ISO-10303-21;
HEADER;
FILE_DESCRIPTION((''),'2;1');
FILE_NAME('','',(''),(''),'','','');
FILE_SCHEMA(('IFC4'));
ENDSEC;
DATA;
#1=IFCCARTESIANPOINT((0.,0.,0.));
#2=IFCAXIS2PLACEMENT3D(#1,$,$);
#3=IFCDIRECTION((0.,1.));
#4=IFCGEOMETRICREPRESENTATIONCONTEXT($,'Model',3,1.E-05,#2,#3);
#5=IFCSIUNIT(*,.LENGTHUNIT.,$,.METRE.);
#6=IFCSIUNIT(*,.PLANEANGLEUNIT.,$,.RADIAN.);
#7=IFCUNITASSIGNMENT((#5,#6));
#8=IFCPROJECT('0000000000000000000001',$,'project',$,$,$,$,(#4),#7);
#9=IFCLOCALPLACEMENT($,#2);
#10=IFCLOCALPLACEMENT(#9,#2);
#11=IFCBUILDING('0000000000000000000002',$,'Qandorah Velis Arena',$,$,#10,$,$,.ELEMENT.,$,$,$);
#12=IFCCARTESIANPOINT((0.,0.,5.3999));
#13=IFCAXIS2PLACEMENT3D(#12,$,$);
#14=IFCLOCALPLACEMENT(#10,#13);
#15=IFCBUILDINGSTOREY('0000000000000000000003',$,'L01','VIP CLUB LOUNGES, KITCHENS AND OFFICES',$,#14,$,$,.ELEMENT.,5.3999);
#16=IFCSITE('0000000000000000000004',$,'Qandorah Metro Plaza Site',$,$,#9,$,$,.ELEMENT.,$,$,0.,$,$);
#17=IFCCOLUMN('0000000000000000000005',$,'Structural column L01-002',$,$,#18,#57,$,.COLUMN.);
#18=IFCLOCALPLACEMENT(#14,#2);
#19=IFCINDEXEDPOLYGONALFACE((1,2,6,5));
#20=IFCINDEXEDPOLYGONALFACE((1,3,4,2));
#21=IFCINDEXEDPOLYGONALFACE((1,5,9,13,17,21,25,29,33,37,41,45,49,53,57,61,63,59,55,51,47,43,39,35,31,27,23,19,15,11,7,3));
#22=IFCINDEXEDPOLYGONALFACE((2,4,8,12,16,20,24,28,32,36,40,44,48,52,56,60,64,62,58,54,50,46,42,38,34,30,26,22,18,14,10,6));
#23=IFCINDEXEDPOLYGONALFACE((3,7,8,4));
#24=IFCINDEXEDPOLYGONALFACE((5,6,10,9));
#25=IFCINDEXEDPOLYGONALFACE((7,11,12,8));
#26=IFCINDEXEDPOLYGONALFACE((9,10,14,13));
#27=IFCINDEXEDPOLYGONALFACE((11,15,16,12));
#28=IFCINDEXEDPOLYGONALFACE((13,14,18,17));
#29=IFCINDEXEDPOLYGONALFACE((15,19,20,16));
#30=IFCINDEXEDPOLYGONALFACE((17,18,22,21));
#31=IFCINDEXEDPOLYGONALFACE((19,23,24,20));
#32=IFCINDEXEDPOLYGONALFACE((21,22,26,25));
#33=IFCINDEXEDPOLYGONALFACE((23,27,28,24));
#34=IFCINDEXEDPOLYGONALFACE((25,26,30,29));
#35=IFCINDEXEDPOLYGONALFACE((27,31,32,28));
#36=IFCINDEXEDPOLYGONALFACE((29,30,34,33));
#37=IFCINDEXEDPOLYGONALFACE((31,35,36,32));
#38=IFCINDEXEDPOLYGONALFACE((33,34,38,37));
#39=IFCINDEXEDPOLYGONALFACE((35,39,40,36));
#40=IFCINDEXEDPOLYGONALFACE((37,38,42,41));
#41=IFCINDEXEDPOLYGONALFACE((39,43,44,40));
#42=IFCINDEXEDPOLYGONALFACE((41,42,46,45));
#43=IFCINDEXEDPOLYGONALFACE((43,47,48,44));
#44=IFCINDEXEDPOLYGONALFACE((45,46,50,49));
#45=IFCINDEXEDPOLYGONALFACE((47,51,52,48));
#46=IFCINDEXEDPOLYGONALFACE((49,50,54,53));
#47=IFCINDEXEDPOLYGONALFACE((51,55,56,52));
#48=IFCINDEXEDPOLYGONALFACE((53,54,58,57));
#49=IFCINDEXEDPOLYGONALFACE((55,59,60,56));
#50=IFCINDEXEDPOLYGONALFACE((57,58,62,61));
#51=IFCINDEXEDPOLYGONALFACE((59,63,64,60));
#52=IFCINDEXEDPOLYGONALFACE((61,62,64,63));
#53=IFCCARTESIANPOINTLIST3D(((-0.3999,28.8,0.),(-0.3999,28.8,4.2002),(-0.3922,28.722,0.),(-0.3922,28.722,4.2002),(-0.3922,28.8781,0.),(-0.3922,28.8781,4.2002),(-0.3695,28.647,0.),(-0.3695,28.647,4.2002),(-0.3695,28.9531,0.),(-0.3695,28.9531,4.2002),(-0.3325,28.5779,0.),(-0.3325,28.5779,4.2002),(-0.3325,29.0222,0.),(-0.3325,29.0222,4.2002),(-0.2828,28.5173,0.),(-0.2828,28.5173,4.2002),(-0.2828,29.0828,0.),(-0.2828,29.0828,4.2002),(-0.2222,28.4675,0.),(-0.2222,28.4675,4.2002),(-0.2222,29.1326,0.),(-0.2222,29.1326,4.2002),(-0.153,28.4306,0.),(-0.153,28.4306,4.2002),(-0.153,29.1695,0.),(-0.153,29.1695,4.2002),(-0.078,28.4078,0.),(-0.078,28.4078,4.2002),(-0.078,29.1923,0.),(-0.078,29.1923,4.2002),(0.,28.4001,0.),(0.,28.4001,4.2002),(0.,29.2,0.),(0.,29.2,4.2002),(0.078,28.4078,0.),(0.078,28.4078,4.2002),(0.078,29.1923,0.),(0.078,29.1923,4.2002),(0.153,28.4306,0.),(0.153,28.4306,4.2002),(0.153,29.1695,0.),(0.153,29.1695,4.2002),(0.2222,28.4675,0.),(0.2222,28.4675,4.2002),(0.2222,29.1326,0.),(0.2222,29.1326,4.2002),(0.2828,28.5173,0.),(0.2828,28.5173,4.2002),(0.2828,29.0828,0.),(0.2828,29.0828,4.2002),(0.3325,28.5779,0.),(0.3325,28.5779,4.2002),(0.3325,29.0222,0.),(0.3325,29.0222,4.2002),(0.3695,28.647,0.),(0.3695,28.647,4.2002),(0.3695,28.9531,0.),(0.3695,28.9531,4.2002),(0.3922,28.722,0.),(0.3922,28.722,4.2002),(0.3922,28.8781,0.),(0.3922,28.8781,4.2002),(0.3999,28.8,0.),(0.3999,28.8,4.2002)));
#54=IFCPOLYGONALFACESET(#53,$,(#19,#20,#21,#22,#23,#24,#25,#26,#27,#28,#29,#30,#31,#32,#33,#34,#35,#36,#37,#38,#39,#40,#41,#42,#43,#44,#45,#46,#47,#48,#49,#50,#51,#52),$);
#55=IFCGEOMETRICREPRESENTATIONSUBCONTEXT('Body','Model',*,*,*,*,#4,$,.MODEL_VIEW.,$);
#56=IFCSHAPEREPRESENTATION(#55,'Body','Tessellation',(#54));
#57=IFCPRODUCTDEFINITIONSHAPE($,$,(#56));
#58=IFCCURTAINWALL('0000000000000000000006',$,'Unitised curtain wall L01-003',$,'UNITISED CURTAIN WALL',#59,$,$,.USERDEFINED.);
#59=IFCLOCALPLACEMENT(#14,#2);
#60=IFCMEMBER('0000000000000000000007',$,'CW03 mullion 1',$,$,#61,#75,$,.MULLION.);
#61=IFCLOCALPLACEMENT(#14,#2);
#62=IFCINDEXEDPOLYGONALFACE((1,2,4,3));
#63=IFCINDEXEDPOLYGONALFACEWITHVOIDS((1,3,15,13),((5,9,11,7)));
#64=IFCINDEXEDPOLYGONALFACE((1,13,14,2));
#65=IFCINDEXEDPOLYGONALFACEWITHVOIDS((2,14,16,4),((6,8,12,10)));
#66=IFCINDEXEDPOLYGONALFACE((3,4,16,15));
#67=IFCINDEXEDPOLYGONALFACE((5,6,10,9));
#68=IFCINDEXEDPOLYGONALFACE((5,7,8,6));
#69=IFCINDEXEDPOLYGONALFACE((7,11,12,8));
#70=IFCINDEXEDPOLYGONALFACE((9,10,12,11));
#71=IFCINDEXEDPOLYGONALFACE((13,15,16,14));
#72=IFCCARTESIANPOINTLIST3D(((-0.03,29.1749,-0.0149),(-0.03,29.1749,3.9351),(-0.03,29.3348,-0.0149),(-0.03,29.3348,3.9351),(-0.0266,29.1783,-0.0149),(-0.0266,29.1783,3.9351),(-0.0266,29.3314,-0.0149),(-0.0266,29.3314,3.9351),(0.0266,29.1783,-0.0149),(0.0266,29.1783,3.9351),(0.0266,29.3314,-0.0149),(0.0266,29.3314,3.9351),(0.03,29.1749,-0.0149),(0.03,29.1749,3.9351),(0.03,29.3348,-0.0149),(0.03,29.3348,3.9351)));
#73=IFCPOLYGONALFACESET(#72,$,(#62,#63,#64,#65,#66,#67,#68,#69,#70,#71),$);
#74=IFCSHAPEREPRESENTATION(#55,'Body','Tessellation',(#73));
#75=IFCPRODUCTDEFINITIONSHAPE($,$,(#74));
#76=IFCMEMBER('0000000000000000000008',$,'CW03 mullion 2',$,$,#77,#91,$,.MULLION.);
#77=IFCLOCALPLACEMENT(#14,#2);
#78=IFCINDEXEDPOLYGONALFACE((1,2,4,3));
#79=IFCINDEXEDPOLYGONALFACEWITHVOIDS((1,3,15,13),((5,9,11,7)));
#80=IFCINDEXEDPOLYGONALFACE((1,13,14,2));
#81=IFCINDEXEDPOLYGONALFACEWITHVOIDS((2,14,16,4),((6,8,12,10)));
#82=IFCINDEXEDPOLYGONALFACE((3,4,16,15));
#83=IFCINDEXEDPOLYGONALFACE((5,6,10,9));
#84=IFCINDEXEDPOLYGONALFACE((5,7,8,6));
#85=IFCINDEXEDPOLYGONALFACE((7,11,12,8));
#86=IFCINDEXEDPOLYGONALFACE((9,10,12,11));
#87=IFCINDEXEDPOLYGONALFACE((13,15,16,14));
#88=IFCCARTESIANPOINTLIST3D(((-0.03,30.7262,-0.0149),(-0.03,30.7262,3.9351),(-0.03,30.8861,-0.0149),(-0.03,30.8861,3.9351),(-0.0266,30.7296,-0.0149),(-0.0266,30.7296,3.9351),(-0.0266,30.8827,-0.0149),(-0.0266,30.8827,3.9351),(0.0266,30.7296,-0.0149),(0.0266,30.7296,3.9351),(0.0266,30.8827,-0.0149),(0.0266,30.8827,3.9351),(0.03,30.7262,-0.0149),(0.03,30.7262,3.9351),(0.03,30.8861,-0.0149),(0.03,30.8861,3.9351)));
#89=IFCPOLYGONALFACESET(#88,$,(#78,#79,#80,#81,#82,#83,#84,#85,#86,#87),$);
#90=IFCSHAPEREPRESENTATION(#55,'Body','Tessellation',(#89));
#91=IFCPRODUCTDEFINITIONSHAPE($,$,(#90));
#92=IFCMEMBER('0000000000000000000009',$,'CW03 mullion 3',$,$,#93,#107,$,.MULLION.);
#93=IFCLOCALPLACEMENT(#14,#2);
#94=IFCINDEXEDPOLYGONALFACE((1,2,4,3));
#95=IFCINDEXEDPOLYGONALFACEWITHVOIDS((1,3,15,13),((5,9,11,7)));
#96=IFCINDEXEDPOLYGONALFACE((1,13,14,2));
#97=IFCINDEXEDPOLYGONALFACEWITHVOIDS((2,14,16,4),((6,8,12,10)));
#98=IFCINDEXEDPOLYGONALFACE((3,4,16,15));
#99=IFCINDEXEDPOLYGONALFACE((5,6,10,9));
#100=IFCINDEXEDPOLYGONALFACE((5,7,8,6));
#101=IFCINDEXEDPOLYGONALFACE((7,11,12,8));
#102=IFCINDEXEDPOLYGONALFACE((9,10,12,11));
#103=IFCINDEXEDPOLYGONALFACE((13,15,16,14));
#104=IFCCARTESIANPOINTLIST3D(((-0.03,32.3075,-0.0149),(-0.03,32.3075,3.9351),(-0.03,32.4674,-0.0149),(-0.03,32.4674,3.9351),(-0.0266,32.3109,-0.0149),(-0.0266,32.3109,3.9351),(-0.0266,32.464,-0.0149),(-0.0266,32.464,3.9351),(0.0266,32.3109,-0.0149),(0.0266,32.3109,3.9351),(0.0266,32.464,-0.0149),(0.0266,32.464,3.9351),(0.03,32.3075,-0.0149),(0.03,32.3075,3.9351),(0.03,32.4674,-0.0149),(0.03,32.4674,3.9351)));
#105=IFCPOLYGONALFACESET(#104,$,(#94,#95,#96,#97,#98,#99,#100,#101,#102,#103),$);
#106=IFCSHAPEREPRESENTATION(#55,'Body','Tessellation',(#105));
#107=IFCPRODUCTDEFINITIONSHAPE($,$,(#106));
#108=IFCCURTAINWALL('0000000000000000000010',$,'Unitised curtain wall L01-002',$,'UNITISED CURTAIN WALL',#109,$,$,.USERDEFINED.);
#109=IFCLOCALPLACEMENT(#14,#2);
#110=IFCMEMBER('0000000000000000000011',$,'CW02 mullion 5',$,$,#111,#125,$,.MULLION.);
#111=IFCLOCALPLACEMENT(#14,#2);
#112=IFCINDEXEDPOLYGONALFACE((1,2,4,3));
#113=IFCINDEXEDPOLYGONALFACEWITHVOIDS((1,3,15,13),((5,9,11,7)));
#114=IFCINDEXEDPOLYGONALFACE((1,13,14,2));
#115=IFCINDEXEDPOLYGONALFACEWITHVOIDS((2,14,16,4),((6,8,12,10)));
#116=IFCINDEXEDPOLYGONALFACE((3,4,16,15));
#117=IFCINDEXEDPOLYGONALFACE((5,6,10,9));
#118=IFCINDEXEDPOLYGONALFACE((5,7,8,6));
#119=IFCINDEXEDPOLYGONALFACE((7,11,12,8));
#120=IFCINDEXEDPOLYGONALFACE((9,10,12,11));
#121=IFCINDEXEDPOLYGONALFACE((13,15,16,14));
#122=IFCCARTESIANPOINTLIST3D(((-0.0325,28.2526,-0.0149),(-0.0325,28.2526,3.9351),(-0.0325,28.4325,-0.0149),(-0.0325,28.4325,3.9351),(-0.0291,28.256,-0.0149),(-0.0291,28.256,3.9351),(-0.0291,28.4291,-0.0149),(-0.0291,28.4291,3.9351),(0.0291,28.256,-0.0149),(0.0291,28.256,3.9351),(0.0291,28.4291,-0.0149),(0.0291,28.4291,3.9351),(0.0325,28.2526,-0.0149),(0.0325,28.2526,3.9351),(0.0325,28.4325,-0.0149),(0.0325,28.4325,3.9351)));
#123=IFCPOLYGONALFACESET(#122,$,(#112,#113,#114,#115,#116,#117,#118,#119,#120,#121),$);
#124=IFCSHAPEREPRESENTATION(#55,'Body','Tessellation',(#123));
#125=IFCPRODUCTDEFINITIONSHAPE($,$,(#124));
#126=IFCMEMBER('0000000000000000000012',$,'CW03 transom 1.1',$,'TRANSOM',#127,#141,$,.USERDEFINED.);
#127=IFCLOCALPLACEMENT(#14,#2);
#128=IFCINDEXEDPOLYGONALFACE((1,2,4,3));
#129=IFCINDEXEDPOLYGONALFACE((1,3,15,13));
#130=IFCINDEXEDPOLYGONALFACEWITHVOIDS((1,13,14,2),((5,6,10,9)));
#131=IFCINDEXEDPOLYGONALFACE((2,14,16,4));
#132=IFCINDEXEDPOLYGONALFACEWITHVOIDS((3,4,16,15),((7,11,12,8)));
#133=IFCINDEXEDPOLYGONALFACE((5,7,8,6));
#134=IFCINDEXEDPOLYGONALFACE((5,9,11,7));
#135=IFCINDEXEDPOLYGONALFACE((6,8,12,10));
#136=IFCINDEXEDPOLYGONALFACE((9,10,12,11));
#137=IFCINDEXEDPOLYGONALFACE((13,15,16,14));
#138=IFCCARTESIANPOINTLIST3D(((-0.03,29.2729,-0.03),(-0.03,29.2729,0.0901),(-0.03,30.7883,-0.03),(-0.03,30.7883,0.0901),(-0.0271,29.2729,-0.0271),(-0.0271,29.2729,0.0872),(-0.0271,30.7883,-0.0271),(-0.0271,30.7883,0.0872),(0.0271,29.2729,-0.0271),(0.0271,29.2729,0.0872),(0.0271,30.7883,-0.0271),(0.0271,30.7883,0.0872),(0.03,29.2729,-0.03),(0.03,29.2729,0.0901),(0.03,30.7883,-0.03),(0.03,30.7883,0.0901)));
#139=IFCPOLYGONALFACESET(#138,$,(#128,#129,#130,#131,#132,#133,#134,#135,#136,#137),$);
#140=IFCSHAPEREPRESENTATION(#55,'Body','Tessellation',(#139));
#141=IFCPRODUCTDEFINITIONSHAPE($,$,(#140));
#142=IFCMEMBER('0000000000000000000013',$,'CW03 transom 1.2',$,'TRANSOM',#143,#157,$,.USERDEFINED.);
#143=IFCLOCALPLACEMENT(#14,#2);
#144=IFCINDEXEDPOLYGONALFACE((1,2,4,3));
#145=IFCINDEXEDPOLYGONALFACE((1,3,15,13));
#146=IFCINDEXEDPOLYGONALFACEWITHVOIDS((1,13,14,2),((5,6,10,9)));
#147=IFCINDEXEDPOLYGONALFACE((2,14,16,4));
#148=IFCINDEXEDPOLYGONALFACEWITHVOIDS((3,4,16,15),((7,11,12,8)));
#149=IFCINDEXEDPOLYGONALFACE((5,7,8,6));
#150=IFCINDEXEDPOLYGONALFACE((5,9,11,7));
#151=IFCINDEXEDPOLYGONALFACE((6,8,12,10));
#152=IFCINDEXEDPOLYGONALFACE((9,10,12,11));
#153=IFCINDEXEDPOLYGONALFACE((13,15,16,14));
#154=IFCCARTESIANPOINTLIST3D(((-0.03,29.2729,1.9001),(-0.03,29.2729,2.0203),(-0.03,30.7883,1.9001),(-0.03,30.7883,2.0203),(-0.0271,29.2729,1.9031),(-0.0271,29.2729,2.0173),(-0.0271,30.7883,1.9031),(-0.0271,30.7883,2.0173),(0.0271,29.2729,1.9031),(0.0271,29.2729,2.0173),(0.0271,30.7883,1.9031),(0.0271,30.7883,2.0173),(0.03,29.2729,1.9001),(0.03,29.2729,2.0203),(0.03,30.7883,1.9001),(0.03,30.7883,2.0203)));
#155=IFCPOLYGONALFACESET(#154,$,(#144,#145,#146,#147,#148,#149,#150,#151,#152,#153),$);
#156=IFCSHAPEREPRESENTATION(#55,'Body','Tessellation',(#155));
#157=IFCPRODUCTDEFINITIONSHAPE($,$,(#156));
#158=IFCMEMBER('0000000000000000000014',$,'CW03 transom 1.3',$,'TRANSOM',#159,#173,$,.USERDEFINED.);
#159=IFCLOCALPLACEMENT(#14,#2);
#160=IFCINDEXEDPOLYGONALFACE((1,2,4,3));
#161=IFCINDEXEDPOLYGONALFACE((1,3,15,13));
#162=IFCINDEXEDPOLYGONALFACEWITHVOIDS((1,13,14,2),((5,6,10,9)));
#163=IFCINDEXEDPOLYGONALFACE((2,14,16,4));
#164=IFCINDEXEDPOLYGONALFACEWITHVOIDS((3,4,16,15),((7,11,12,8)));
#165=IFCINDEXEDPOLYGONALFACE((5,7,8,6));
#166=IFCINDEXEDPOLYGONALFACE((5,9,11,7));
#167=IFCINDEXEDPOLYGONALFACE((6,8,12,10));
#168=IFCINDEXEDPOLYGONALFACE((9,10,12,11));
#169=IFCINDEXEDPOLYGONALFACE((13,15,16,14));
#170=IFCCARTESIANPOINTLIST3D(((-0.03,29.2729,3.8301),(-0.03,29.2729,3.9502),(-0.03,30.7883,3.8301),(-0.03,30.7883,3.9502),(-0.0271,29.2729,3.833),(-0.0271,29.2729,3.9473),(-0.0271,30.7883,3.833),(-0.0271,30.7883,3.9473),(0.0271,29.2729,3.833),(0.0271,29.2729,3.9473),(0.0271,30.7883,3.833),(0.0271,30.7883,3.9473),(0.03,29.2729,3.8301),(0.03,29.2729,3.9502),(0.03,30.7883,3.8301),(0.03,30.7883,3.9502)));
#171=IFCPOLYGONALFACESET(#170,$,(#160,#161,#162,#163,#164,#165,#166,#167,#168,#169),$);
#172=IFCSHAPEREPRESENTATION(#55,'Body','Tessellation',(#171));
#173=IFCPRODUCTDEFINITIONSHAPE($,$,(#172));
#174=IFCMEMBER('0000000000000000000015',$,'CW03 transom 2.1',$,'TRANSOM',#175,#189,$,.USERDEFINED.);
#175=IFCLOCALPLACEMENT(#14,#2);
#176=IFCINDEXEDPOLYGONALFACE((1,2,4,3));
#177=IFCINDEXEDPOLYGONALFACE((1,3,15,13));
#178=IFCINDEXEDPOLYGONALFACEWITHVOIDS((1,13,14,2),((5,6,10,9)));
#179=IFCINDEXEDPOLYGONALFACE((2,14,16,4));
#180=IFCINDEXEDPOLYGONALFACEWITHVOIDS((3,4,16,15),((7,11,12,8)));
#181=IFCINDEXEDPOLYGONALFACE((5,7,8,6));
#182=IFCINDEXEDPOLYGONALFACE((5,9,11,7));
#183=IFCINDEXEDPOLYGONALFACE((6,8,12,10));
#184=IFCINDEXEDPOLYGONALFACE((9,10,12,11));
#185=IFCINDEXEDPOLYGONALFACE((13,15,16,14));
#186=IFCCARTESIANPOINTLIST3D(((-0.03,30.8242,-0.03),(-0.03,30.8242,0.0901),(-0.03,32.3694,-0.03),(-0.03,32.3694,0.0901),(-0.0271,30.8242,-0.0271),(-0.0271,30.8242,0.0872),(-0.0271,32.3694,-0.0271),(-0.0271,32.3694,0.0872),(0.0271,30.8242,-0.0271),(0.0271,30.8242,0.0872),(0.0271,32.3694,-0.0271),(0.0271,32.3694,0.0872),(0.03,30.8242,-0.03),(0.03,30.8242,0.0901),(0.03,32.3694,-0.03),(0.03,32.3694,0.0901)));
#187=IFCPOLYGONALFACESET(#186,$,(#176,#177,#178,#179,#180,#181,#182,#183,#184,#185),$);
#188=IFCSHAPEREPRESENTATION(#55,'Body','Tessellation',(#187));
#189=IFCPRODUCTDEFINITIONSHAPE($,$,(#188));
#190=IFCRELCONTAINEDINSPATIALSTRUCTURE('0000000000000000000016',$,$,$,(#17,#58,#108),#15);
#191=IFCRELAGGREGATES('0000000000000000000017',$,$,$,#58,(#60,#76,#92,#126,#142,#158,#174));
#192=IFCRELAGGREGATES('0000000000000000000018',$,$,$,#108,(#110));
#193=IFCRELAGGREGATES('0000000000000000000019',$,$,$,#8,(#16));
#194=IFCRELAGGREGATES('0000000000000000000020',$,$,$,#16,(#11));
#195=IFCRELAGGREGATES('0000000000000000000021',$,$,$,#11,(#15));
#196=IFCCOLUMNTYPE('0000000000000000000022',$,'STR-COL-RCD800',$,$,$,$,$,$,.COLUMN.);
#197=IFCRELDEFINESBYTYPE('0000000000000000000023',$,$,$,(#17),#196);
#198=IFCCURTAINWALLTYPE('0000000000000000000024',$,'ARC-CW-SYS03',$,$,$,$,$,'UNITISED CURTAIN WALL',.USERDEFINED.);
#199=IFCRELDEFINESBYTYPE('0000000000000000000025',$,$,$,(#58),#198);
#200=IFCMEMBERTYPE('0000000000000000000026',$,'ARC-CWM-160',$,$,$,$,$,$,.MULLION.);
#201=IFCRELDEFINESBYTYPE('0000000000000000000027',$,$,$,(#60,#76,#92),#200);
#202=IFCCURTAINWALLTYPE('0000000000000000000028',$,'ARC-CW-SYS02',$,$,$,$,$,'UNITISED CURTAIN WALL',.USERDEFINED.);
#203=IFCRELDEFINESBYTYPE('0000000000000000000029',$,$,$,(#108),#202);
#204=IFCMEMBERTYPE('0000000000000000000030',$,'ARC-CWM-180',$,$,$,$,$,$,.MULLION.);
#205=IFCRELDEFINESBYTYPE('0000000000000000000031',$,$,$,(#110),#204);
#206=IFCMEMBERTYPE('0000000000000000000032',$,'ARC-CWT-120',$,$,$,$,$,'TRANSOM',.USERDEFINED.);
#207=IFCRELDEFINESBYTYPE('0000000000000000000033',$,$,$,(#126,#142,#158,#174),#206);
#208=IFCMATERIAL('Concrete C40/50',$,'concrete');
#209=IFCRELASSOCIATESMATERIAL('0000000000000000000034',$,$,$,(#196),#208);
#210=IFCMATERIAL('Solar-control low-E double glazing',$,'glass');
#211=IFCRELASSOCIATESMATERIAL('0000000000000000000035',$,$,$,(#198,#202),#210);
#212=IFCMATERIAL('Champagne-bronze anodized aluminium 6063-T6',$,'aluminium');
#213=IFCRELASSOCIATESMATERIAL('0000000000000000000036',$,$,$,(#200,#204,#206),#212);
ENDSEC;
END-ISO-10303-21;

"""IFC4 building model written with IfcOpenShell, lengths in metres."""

from ifc_helpers import new_model, si_unit, direction, frame, origin, origin_2d, place, context, subcontext, project, spatial, hollow_rectangle, circle, extrude, material, material_profile, profile_set, type_object, element, aggregate, save


model = new_model("IFC4")

# Units and contexts
model_context = context("Model", 3, precision=1e-05, world=origin(), true_north=direction((0.0, 1.0)))
body_context = subcontext(model_context, "Body", "Model", "MODEL_VIEW")
ifc_project = project(units=[si_unit("LENGTHUNIT", "METRE"), si_unit("PLANEANGLEUNIT", "RADIAN")], contexts=[model_context])

# Site, building, storey
site_placement = place(None, origin())
site = spatial("IfcSite", under=ifc_project, at=site_placement, Name="Qandorah Metro Plaza Site", CompositionType="ELEMENT", RefElevation=0.0)
building_placement = place(site_placement, origin())
building = spatial("IfcBuilding", under=site, at=building_placement, Name="Qandorah Velis Arena", CompositionType="ELEMENT")
storey_placement = place(building_placement, frame((0.0, 0.0, 5.3999)))
storey = spatial("IfcBuildingStorey", under=building, at=storey_placement, Name="L01", Description="VIP CLUB LOUNGES, KITCHENS AND OFFICES", CompositionType="ELEMENT", Elevation=5.3999)

# Column
ifc_material_1 = material(Name="Concrete C40/50", Category="concrete")
ifc_material_profile_1 = material_profile(ifc_material_1, circle(Radius=0.3999, at=origin_2d()), Name="RC D800")
ifc_profile_set_1 = profile_set([ifc_material_profile_1], Name="Concrete C40/50")
column_type = type_object("IfcColumnType", Name="STR-COL-RCD800", PredefinedType="COLUMN", material=ifc_profile_set_1)
column_placement = place(storey_placement, frame((0.0, 28.8, 0.0), z_axis=(0.0, 0.0, 1.0), x_axis=(1.0, 0.0, 0.0)))
element("IfcColumn", 1, at=column_placement, inside=storey, type_object=column_type, Name="Structural column L01-002", PredefinedType="COLUMN", context=body_context, shape_type="SweptSolid", body=[
    extrude(circle(Radius=0.3999, at=origin_2d()), origin(), (0.0, 0.0, 1.0), 4.2002),
])

# Curtain wall, members
ifc_material_2 = material(Name="Solar-control low-E double glazing", Category="glass")
curtain_wall_type_1 = type_object("IfcCurtainWallType", Name="ARC-CW-SYS03", ElementType="UNITISED CURTAIN WALL", PredefinedType="USERDEFINED", material=ifc_material_2)
curtain_wall_1_placement = place(storey_placement, origin())
curtain_wall_1 = element("IfcCurtainWall", 2, at=curtain_wall_1_placement, inside=storey, type_object=curtain_wall_type_1, Name="Unitised curtain wall L01-003", ObjectType="UNITISED CURTAIN WALL", PredefinedType="USERDEFINED")
ifc_material_3 = material(Name="Champagne-bronze anodized aluminium 6063-T6", Category="aluminium")
ifc_material_profile_2 = material_profile(ifc_material_3, hollow_rectangle(XDim=0.0601, YDim=0.1599, WallThickness=0.0034, at=origin_2d()), Name="ALU MULLION 60x160")
ifc_profile_set_2 = profile_set([ifc_material_profile_2], Name="Champagne-bronze anodized aluminium 6063-T6")
member_type_1 = type_object("IfcMemberType", Name="ARC-CWM-160", PredefinedType="MULLION", material=ifc_profile_set_2)
member_1_placement = place(storey_placement, frame((0.0, 29.2549, -0.0149), z_axis=(0.0, 0.0, 1.0), x_axis=(-1.0, 0.0, 0.0)))
member_1 = element("IfcMember", 3, at=member_1_placement, type_object=member_type_1, Name="CW03 mullion 1", PredefinedType="MULLION", context=body_context, shape_type="SweptSolid", body=[
    extrude(hollow_rectangle(XDim=0.0601, YDim=0.1599, WallThickness=0.0034, at=origin_2d()), origin(), (0.0, 0.0, 1.0), 3.95),
])
member_2_placement = place(storey_placement, frame((0.0, 30.8062, -0.0149), z_axis=(0.0, 0.0, 1.0), x_axis=(-1.0, 0.0, 0.0)))
member_2 = element("IfcMember", 4, at=member_2_placement, type_object=member_type_1, Name="CW03 mullion 2", PredefinedType="MULLION", context=body_context, shape_type="SweptSolid", body=[
    extrude(hollow_rectangle(XDim=0.0601, YDim=0.1599, WallThickness=0.0034, at=origin_2d()), origin(), (0.0, 0.0, 1.0), 3.95),
])
member_3_placement = place(storey_placement, frame((0.0, 32.3875, -0.0149), z_axis=(0.0, 0.0, 1.0), x_axis=(-1.0, 0.0, 0.0)))
member_3 = element("IfcMember", 5, at=member_3_placement, type_object=member_type_1, Name="CW03 mullion 3", PredefinedType="MULLION", context=body_context, shape_type="SweptSolid", body=[
    extrude(hollow_rectangle(XDim=0.0601, YDim=0.1599, WallThickness=0.0034, at=origin_2d()), origin(), (0.0, 0.0, 1.0), 3.95),
])

# Curtain wall, member
curtain_wall_type_2 = type_object("IfcCurtainWallType", Name="ARC-CW-SYS02", ElementType="UNITISED CURTAIN WALL", PredefinedType="USERDEFINED", material=ifc_material_2)
curtain_wall_2_placement = place(storey_placement, origin())
curtain_wall_2 = element("IfcCurtainWall", 6, at=curtain_wall_2_placement, inside=storey, type_object=curtain_wall_type_2, Name="Unitised curtain wall L01-002", ObjectType="UNITISED CURTAIN WALL", PredefinedType="USERDEFINED")
ifc_material_profile_3 = material_profile(ifc_material_3, hollow_rectangle(XDim=0.0649, YDim=0.1799, WallThickness=0.0034, at=origin_2d()), Name="ALU MULLION 65x180")
ifc_profile_set_3 = profile_set([ifc_material_profile_3], Name="Champagne-bronze anodized aluminium 6063-T6")
member_type_2 = type_object("IfcMemberType", Name="ARC-CWM-180", PredefinedType="MULLION", material=ifc_profile_set_3)
member_4_placement = place(storey_placement, frame((0.0, 28.3425, -0.0149), z_axis=(0.0, 0.0, 1.0), x_axis=(-1.0, 0.0, 0.0)))
member_4 = element("IfcMember", 7, at=member_4_placement, type_object=member_type_2, Name="CW02 mullion 5", PredefinedType="MULLION", context=body_context, shape_type="SweptSolid", body=[
    extrude(hollow_rectangle(XDim=0.0649, YDim=0.1799, WallThickness=0.0034, at=origin_2d()), origin(), (0.0, 0.0, 1.0), 3.95),
])

# Members
ifc_material_profile_4 = material_profile(ifc_material_3, hollow_rectangle(XDim=0.0601, YDim=0.1201, WallThickness=0.0029, at=origin_2d()), Name="ALU TRANSOM 60x120")
ifc_profile_set_4 = profile_set([ifc_material_profile_4], Name="Champagne-bronze anodized aluminium 6063-T6")
member_type_3 = type_object("IfcMemberType", Name="ARC-CWT-120", ElementType="TRANSOM", PredefinedType="USERDEFINED", material=ifc_profile_set_4)
member_5_placement = place(storey_placement, frame((0.0, 29.2729, 0.03), z_axis=(0.0, 1.0, 0.0), x_axis=(-1.0, 0.0, 0.0)))
member_5 = element("IfcMember", 8, at=member_5_placement, type_object=member_type_3, Name="CW03 transom 1.1", ObjectType="TRANSOM", PredefinedType="USERDEFINED", context=body_context, shape_type="SweptSolid", body=[
    extrude(hollow_rectangle(XDim=0.0601, YDim=0.1201, WallThickness=0.0029, at=origin_2d()), origin(), (0.0, 0.0, 1.0), 1.5154),
])
member_6_placement = place(storey_placement, frame((0.0, 29.2729, 1.9602), z_axis=(0.0, 1.0, 0.0), x_axis=(-1.0, 0.0, 0.0)))
member_6 = element("IfcMember", 9, at=member_6_placement, type_object=member_type_3, Name="CW03 transom 1.2", ObjectType="TRANSOM", PredefinedType="USERDEFINED", context=body_context, shape_type="SweptSolid", body=[
    extrude(hollow_rectangle(XDim=0.0601, YDim=0.1201, WallThickness=0.0029, at=origin_2d()), origin(), (0.0, 0.0, 1.0), 1.5154),
])
member_7_placement = place(storey_placement, frame((0.0, 29.2729, 3.8901), z_axis=(0.0, 1.0, 0.0), x_axis=(-1.0, 0.0, 0.0)))
member_7 = element("IfcMember", 10, at=member_7_placement, type_object=member_type_3, Name="CW03 transom 1.3", ObjectType="TRANSOM", PredefinedType="USERDEFINED", context=body_context, shape_type="SweptSolid", body=[
    extrude(hollow_rectangle(XDim=0.0601, YDim=0.1201, WallThickness=0.0029, at=origin_2d()), origin(), (0.0, 0.0, 1.0), 1.5154),
])
member_8_placement = place(storey_placement, frame((0.0, 30.8242, 0.03), z_axis=(0.0, 1.0, 0.0), x_axis=(-1.0, 0.0, 0.0)))
member_8 = element("IfcMember", 11, at=member_8_placement, type_object=member_type_3, Name="CW03 transom 2.1", ObjectType="TRANSOM", PredefinedType="USERDEFINED", context=body_context, shape_type="SweptSolid", body=[
    extrude(hollow_rectangle(XDim=0.0601, YDim=0.1201, WallThickness=0.0029, at=origin_2d()), origin(), (0.0, 0.0, 1.0), 1.5452),
])

aggregate(curtain_wall_1, [member_1, member_2, member_3, member_5, member_6, member_7, member_8])
aggregate(curtain_wall_2, [member_4])

save(model, "model.ifc")
